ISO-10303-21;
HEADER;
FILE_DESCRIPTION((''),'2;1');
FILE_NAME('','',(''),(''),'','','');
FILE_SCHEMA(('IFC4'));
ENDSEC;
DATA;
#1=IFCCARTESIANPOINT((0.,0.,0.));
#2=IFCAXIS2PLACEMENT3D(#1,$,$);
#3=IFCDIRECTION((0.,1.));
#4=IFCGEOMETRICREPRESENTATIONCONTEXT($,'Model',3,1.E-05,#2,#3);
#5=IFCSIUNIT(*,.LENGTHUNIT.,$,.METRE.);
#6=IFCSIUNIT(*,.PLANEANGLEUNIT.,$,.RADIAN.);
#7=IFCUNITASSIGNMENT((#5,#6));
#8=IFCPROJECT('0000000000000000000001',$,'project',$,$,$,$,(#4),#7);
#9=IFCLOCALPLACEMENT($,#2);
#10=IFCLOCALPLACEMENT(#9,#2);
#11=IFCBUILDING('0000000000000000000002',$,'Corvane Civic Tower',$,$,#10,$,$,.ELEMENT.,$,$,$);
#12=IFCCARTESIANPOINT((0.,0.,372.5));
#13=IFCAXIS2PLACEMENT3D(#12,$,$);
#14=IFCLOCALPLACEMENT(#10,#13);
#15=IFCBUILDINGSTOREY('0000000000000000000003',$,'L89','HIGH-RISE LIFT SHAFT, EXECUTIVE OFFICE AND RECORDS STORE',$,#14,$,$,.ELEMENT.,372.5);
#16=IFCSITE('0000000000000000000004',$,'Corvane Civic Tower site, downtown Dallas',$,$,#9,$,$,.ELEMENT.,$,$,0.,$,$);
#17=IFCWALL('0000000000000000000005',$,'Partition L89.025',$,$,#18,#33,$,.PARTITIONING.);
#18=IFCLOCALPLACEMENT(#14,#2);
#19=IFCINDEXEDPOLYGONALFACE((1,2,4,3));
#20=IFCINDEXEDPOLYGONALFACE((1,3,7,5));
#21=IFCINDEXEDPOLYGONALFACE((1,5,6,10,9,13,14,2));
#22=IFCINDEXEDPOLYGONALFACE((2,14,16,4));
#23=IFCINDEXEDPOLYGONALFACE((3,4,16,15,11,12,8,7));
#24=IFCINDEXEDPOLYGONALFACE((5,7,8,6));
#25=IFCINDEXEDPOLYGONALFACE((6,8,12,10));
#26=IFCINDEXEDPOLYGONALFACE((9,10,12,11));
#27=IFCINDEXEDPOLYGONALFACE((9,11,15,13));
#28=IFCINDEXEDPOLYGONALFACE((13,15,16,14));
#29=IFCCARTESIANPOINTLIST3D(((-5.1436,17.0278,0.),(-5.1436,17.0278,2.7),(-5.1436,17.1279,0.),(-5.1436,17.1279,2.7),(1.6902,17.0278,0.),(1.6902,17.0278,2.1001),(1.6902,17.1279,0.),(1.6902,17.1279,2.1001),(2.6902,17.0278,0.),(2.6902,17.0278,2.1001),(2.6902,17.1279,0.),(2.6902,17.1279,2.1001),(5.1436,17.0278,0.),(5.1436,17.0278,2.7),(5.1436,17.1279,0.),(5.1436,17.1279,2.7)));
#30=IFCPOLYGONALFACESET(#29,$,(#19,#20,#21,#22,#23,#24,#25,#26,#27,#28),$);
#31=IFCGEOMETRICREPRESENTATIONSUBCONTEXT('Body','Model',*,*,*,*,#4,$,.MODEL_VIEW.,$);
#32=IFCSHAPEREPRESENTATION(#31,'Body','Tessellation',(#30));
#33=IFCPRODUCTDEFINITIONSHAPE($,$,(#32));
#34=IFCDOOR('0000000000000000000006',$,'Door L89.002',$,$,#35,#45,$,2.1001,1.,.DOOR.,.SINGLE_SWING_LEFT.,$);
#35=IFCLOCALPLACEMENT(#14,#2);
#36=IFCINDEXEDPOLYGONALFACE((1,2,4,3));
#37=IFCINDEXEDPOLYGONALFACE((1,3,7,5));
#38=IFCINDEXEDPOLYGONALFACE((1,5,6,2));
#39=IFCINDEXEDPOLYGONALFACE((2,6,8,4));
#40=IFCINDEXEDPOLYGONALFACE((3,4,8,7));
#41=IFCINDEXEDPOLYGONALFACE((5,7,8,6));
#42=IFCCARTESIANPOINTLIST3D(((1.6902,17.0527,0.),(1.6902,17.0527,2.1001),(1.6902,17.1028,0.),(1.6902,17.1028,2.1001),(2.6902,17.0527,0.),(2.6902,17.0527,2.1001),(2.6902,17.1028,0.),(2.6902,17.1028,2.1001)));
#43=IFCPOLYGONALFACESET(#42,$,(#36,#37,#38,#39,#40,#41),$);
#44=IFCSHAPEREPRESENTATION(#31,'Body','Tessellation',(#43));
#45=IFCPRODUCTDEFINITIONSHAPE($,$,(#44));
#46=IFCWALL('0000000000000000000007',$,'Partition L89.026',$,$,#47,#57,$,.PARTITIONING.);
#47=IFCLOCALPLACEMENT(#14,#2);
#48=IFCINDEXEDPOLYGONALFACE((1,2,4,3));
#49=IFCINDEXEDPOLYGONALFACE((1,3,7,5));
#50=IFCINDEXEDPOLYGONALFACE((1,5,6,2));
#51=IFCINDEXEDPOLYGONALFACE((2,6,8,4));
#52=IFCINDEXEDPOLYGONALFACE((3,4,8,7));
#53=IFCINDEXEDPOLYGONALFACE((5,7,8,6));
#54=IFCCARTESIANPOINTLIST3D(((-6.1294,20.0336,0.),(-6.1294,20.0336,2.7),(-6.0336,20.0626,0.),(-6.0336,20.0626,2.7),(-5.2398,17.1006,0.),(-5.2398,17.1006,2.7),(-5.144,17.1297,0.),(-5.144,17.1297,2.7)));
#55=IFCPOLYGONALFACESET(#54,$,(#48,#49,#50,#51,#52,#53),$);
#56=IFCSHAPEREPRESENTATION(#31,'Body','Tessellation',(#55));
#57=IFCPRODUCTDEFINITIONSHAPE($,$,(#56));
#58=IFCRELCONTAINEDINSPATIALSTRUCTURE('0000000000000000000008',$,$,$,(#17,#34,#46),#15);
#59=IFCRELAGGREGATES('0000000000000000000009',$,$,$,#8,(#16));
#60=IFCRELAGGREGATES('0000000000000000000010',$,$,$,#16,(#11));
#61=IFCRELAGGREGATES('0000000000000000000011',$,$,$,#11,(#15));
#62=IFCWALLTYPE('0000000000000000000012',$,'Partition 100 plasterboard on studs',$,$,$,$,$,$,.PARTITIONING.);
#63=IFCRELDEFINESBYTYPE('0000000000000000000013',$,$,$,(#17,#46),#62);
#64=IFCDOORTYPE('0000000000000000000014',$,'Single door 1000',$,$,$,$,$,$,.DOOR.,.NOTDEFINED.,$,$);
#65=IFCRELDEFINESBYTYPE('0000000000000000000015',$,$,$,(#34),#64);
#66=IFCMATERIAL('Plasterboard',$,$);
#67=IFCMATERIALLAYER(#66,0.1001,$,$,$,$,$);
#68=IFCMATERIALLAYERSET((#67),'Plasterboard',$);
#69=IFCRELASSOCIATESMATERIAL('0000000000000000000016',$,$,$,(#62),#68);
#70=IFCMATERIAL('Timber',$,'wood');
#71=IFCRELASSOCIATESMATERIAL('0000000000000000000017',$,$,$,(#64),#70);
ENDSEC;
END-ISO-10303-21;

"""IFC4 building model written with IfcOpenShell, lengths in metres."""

from ifc_helpers import new_model, si_unit, direction, frame, frame_2d, origin, place, context, subcontext, project, spatial, rectangle, extrude, material, layer, layer_set, type_object, element, fill, save


model = new_model("IFC4")

# Units and contexts
model_context = context("Model", 3, precision=1e-05, world=origin(), true_north=direction((0.0, 1.0)))
body_context = subcontext(model_context, "Body", "Model", "MODEL_VIEW")
ifc_project = project(units=[si_unit("LENGTHUNIT", "METRE"), si_unit("PLANEANGLEUNIT", "RADIAN")], contexts=[model_context])

# Site, building, storey
site_placement = place(None, origin())
site = spatial("IfcSite", under=ifc_project, at=site_placement, Name="Corvane Civic Tower site, downtown Dallas", CompositionType="ELEMENT", RefElevation=0.0)
building_placement = place(site_placement, origin())
building = spatial("IfcBuilding", under=site, at=building_placement, Name="Corvane Civic Tower", CompositionType="ELEMENT")
storey_placement = place(building_placement, frame((0.0, 0.0, 372.5)))
storey = spatial("IfcBuildingStorey", under=building, at=storey_placement, Name="L89", Description="HIGH-RISE LIFT SHAFT, EXECUTIVE OFFICE AND RECORDS STORE", CompositionType="ELEMENT", Elevation=372.5)

# Wall, opening, door
ifc_material_1 = material(Name="Plasterboard")
ifc_layer_1 = layer(ifc_material_1, 0.1001)
ifc_layer_set_1 = layer_set([ifc_layer_1], Name="Plasterboard")
wall_type = type_object("IfcWallType", Name="Partition 100 plasterboard on studs", PredefinedType="PARTITIONING", material=ifc_layer_set_1)
wall_1_placement = place(storey_placement, frame((-5.1436, 17.0779, 0.0), z_axis=(0.0, 0.0, 1.0), x_axis=(1.0, 0.0, 0.0)))
wall_1 = element("IfcWall", 1, at=wall_1_placement, inside=storey, type_object=wall_type, Name="Partition L89.025", PredefinedType="PARTITIONING", context=body_context, shape_type="SweptSolid", body=[
    extrude(rectangle(XDim=10.2871, YDim=0.1001, at=frame_2d((5.1436, 0.0))), origin(), (0.0, 0.0, 1.0), 2.7),
])
opening_1_placement = place(wall_1_placement, frame((6.8337, 0.0, 0.0)))
opening_1 = element("IfcOpeningElement", 2, at=opening_1_placement, cuts=wall_1, PredefinedType="OPENING", context=body_context, shape_type="SweptSolid", body=[
    extrude(rectangle(XDim=1.0, YDim=2.1001, at=frame_2d((0.5, 1.05))), frame((0.0, 0.0601, 0.0), z_axis=(0.0, -1.0, 0.0), x_axis=(1.0, 0.0, 0.0)), (0.0, 0.0, 1.0), 0.1201),
])
ifc_material_2 = material(Name="Timber", Category="wood")
door_type_1 = type_object("IfcDoorType", Name="Single door 1000", OperationType="NOTDEFINED", PredefinedType="DOOR", material=ifc_material_2)
door_1_placement = place(opening_1_placement, origin())
door_1 = element("IfcDoor", 3, at=door_1_placement, inside=storey, type_object=door_type_1, Name="Door L89.002", OperationType="SINGLE_SWING_LEFT", OverallHeight=2.1001, OverallWidth=1.0, PredefinedType="DOOR", context=body_context, shape_type="SweptSolid", body=[
    extrude(rectangle(XDim=1.0, YDim=2.1001, at=frame_2d((0.5, 1.05))), frame((0.0, 0.0249, 0.0), z_axis=(0.0, -1.0, 0.0), x_axis=(1.0, 0.0, 0.0)), (0.0, 0.0, 1.0), 0.05),
])
fill(opening_1, door_1)

# Wall
wall_2_placement = place(storey_placement, frame((-6.0815, 20.0481, 0.0), z_axis=(0.0, 0.0, 1.0), x_axis=(0.290277, -0.956943, 0.0)))
element("IfcWall", 4, at=wall_2_placement, inside=storey, type_object=wall_type, Name="Partition L89.026", PredefinedType="PARTITIONING", context=body_context, shape_type="SweptSolid", body=[
    extrude(rectangle(XDim=3.0649, YDim=0.1001, at=frame_2d((1.5325, 0.0))), origin(), (0.0, 0.0, 1.0), 2.7),
])

save(model, "model.ifc")
